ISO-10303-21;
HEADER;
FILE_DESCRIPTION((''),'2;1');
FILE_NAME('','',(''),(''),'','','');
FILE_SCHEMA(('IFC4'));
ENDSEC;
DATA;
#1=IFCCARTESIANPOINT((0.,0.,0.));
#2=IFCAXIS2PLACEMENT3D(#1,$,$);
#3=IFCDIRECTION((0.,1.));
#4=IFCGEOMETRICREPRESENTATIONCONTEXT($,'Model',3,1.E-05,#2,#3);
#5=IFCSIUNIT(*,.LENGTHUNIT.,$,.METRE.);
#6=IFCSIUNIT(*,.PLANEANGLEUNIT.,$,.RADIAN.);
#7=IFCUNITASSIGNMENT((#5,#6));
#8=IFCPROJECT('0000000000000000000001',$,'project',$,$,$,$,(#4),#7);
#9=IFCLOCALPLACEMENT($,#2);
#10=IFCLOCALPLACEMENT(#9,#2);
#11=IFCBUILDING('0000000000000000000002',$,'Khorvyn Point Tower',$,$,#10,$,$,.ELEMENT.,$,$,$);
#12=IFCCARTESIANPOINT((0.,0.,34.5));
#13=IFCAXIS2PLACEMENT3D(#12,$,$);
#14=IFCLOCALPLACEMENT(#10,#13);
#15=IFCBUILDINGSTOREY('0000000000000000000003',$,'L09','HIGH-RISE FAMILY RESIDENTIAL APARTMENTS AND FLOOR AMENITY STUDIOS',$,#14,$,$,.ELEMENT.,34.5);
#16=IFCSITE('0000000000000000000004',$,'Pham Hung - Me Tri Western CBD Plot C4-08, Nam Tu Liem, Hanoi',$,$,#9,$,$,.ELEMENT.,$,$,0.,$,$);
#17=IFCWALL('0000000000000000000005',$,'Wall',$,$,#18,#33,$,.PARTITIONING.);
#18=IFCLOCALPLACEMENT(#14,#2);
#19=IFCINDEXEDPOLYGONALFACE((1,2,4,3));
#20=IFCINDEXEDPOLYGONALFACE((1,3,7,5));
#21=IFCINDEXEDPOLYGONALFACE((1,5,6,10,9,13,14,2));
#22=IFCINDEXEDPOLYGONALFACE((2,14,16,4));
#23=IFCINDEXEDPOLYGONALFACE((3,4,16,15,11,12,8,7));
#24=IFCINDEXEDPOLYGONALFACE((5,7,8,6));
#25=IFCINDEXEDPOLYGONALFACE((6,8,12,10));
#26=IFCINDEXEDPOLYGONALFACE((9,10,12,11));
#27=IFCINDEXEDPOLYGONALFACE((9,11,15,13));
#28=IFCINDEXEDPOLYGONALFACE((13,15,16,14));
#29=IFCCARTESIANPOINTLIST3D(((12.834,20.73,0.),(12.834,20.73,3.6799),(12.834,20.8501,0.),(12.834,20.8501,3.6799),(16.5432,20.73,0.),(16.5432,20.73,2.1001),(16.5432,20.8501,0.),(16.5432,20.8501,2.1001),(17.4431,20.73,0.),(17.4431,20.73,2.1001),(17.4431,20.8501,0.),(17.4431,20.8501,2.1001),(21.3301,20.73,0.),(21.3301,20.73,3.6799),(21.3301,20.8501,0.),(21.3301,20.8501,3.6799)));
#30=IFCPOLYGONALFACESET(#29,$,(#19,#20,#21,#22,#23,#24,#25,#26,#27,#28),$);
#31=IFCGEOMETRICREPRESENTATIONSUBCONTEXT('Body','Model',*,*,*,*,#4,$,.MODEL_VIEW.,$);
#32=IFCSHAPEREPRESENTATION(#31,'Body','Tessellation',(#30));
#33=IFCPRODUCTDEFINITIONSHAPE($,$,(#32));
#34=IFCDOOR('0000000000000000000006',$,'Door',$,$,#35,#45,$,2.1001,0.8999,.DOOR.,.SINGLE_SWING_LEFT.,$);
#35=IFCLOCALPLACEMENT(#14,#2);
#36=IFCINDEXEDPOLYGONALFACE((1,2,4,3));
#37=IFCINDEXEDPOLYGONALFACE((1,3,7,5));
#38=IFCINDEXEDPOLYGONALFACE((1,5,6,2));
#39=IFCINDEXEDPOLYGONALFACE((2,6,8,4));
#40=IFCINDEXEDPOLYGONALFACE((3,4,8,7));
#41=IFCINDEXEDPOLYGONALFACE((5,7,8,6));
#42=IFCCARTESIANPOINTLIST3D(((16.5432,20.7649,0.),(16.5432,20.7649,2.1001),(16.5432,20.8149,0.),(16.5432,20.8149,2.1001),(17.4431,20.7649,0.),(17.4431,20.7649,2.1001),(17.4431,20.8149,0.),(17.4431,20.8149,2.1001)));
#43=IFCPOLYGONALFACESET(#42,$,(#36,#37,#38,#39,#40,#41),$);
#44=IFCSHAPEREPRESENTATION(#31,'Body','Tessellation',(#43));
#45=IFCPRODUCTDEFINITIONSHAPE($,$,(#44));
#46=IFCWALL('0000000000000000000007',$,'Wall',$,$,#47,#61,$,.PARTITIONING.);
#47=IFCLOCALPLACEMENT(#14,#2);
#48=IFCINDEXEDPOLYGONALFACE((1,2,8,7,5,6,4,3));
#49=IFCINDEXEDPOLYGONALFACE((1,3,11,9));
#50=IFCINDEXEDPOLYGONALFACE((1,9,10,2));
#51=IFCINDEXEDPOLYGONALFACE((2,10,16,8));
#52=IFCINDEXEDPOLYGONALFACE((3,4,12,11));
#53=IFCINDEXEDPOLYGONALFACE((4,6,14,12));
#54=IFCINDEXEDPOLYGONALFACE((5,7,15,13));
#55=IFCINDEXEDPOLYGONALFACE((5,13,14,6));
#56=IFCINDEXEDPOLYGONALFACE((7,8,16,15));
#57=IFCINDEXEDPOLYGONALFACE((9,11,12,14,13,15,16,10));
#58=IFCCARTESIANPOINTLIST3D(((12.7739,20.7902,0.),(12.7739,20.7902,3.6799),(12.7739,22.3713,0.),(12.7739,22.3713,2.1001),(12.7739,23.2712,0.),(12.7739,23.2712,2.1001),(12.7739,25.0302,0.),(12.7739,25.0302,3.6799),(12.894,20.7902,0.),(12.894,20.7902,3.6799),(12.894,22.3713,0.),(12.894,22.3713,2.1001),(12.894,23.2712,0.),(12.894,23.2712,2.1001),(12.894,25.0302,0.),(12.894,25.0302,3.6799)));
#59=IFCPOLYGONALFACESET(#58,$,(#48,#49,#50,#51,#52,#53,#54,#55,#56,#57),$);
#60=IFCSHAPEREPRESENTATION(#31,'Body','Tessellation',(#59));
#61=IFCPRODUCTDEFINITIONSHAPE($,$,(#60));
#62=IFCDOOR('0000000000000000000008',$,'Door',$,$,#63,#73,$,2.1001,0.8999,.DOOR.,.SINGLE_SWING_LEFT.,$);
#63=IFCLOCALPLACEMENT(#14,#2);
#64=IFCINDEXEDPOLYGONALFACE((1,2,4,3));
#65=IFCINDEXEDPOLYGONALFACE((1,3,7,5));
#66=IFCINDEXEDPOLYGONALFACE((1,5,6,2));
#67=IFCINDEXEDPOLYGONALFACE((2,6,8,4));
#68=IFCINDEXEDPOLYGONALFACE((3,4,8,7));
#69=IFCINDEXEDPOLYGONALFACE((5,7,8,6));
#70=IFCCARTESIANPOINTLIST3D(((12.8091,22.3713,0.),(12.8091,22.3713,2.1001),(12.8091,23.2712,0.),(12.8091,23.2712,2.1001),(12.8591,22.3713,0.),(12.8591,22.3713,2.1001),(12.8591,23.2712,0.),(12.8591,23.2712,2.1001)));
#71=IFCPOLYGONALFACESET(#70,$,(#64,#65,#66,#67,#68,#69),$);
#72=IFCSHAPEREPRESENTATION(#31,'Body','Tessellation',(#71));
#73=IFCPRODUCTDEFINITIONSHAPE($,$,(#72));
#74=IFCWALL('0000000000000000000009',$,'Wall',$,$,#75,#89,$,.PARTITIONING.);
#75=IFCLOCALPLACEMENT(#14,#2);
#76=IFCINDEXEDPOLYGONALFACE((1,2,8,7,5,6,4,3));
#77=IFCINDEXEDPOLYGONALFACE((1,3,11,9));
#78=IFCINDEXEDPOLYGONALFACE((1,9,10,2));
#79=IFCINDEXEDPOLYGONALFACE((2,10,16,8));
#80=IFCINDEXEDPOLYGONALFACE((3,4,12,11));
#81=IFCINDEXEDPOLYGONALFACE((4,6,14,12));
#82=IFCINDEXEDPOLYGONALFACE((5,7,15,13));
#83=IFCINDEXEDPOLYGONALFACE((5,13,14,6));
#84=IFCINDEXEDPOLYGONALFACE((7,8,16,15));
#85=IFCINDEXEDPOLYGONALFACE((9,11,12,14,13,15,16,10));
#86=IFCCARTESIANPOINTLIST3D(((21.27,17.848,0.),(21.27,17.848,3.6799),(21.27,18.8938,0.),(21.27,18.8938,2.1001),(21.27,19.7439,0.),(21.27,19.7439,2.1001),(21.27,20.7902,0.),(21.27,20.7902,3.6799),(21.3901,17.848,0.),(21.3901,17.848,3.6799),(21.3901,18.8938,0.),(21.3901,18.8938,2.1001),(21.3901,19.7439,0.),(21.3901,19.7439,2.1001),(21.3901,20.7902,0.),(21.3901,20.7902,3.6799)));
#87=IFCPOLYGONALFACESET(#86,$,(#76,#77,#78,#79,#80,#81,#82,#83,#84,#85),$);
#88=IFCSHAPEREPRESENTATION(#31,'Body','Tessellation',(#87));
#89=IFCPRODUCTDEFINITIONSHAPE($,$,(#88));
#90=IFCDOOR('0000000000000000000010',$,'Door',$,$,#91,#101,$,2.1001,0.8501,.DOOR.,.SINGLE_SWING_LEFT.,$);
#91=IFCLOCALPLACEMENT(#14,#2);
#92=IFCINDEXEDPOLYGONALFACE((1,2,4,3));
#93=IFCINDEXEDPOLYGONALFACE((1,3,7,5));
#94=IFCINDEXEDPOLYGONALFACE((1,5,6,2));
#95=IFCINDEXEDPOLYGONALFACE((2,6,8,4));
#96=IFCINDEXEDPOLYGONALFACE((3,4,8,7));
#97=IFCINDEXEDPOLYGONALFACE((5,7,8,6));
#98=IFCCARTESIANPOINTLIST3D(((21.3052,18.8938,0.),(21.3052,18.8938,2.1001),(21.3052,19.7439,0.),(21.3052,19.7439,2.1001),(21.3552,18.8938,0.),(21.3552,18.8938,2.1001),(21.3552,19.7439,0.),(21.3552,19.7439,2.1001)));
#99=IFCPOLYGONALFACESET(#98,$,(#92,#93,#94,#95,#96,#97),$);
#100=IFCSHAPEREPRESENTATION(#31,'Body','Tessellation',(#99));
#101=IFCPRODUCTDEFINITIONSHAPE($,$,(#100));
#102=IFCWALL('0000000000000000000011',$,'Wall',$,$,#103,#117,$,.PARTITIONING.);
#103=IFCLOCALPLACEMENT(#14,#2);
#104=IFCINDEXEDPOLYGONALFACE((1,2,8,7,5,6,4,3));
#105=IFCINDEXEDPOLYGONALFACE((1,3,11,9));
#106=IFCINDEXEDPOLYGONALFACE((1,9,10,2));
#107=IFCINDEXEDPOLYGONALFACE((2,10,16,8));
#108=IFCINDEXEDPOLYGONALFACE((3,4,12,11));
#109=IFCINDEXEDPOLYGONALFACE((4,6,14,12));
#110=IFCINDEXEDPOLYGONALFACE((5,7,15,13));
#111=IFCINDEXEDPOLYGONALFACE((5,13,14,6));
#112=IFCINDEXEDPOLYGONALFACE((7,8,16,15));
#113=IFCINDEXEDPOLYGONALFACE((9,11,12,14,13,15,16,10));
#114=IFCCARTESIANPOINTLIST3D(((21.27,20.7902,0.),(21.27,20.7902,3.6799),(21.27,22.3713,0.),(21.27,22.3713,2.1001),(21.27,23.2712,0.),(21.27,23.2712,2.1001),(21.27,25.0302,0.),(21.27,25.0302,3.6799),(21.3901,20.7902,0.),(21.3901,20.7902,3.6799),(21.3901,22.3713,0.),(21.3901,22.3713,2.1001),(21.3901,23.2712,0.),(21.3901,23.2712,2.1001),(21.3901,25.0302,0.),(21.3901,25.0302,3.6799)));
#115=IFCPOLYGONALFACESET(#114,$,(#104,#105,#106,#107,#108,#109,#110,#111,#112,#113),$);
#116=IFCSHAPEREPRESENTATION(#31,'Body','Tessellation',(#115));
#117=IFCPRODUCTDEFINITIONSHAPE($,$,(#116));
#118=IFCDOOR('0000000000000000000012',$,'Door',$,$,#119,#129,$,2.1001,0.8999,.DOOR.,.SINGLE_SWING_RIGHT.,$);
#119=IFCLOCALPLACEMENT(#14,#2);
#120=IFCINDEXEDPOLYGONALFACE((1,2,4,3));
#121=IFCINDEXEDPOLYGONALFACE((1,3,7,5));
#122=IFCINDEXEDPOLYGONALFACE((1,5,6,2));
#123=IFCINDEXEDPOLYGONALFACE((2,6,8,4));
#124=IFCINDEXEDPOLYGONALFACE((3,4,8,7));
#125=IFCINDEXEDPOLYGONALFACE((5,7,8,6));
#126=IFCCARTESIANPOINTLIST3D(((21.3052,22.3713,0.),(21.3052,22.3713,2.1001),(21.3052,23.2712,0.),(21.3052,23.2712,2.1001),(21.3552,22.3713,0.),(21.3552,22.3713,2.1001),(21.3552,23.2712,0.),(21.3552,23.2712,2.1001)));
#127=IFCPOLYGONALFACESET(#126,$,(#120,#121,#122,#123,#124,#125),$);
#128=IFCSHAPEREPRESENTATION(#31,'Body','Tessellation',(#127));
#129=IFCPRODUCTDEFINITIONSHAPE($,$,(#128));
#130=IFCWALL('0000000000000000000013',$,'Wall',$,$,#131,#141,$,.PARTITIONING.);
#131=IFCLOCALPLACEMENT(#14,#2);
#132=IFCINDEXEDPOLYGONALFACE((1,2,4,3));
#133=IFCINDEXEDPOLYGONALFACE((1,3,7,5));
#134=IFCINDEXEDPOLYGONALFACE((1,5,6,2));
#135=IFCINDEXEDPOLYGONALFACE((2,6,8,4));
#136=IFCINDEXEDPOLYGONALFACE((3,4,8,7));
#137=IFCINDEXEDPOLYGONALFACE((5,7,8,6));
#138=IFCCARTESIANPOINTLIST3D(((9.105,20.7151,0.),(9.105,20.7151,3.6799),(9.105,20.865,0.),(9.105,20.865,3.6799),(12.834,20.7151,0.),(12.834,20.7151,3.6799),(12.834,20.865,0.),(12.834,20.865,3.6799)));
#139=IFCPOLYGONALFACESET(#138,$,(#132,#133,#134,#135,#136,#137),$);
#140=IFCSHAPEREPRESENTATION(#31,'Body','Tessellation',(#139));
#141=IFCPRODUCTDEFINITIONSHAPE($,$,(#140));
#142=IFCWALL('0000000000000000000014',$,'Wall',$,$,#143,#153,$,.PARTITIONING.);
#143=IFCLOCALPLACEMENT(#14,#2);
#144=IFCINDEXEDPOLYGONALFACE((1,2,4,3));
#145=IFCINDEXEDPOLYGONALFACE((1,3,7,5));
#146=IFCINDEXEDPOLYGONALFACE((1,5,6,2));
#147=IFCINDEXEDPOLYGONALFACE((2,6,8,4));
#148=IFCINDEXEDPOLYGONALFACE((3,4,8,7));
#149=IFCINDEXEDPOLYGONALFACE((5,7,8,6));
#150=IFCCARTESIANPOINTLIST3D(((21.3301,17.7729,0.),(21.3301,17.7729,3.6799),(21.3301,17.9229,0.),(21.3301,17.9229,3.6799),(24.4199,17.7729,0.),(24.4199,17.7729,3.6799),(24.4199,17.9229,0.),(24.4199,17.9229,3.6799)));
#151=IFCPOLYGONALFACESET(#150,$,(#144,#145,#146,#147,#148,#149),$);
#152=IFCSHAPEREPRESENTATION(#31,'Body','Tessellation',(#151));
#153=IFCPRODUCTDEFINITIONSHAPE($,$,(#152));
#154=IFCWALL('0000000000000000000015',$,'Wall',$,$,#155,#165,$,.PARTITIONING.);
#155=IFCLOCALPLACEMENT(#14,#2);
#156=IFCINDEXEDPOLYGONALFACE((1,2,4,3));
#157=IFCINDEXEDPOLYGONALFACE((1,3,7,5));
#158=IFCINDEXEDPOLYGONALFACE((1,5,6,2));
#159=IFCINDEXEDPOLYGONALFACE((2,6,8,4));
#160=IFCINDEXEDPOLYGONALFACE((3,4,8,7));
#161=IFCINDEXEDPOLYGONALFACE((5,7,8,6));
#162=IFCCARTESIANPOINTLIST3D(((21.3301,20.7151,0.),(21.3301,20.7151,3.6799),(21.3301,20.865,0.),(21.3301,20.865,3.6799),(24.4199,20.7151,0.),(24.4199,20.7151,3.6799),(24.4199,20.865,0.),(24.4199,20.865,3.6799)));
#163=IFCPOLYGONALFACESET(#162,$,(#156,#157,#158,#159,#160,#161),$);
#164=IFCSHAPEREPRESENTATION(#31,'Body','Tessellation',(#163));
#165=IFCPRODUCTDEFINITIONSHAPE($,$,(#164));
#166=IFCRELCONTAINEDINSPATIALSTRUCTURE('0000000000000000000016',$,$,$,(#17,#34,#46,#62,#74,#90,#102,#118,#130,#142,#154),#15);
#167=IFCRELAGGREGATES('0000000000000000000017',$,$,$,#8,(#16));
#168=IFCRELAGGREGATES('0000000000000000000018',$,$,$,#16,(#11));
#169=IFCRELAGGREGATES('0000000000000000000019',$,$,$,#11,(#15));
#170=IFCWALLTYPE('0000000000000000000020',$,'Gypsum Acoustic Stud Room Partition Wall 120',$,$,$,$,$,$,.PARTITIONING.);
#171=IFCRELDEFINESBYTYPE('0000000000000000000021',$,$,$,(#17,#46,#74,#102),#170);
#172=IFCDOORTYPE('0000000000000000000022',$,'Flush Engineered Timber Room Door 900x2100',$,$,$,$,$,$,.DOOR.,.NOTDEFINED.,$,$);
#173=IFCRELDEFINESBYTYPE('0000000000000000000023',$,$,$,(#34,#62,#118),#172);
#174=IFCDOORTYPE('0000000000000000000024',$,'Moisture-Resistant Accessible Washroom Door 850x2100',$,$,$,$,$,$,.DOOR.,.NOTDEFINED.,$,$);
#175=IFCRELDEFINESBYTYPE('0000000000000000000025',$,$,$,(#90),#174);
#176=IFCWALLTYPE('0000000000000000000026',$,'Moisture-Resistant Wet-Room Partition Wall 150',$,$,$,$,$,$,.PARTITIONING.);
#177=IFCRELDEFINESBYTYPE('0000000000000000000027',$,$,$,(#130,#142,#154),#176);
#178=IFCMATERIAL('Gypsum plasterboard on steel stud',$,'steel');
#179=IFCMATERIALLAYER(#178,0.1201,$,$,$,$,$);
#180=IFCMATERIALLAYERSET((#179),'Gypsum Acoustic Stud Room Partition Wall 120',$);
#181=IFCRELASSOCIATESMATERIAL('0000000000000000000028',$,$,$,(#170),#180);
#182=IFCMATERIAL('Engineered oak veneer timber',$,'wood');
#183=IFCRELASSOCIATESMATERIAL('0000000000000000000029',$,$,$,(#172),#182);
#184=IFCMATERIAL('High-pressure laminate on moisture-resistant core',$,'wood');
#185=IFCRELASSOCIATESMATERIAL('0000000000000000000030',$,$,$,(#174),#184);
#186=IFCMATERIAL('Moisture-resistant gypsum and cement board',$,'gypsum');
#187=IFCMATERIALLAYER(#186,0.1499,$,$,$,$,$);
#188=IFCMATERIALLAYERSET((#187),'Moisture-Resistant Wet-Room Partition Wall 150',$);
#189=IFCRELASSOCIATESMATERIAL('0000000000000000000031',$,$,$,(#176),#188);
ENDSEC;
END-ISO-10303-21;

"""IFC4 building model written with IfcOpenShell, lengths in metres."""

from ifc_helpers import new_model, si_unit, direction, frame, frame_2d, origin, place, context, subcontext, project, spatial, rectangle, extrude, material, layer, layer_set, type_object, element, fill, save


model = new_model("IFC4")

# Units and contexts
model_context = context("Model", 3, precision=1e-05, world=origin(), true_north=direction((0.0, 1.0)))
body_context = subcontext(model_context, "Body", "Model", "MODEL_VIEW")
ifc_project = project(units=[si_unit("LENGTHUNIT", "METRE"), si_unit("PLANEANGLEUNIT", "RADIAN")], contexts=[model_context])

# Site, building, storey
site_placement = place(None, origin())
site = spatial("IfcSite", under=ifc_project, at=site_placement, Name="Pham Hung - Me Tri Western CBD Plot C4-08, Nam Tu Liem, Hanoi", CompositionType="ELEMENT", RefElevation=0.0)
building_placement = place(site_placement, origin())
building = spatial("IfcBuilding", under=site, at=building_placement, Name="Khorvyn Point Tower", CompositionType="ELEMENT")
storey_placement = place(building_placement, frame((0.0, 0.0, 34.5)))
storey = spatial("IfcBuildingStorey", under=building, at=storey_placement, Name="L09", Description="HIGH-RISE FAMILY RESIDENTIAL APARTMENTS AND FLOOR AMENITY STUDIOS", CompositionType="ELEMENT", Elevation=34.5)

# Walls, openings, doors
ifc_material_1 = material(Name="Gypsum plasterboard on steel stud", Category="steel")
ifc_layer_1 = layer(ifc_material_1, 0.1201)
ifc_layer_set_1 = layer_set([ifc_layer_1], Name="Gypsum Acoustic Stud Room Partition Wall 120")
wall_type_1 = type_object("IfcWallType", Name="Gypsum Acoustic Stud Room Partition Wall 120", PredefinedType="PARTITIONING", material=ifc_layer_set_1)
wall_1_placement = place(storey_placement, frame((12.834, 20.79, 0.0), z_axis=(0.0, 0.0, 1.0), x_axis=(1.0, 0.0, 0.0)))
wall_1 = element("IfcWall", 1, at=wall_1_placement, inside=storey, type_object=wall_type_1, Name="Wall", PredefinedType="PARTITIONING", context=body_context, shape_type="SweptSolid", body=[
    extrude(rectangle(XDim=8.4961, YDim=0.1201, at=frame_2d((4.248, 0.0))), origin(), (0.0, 0.0, 1.0), 3.6799),
])
opening_1_placement = place(wall_1_placement, frame((3.7092, 0.0, 0.0)))
opening_1 = element("IfcOpeningElement", 2, at=opening_1_placement, cuts=wall_1, PredefinedType="OPENING", context=body_context, shape_type="SweptSolid", body=[
    extrude(rectangle(XDim=0.8999, YDim=2.1001, at=frame_2d((0.45, 1.05))), frame((0.0, 0.0701, 0.0), z_axis=(0.0, -1.0, 0.0), x_axis=(1.0, 0.0, 0.0)), (0.0, 0.0, 1.0), 0.1401),
])
ifc_material_2 = material(Name="Engineered oak veneer timber", Category="wood")
door_type_1 = type_object("IfcDoorType", Name="Flush Engineered Timber Room Door 900x2100", OperationType="NOTDEFINED", PredefinedType="DOOR", material=ifc_material_2)
door_1_placement = place(opening_1_placement, origin())
door_1 = element("IfcDoor", 3, at=door_1_placement, inside=storey, type_object=door_type_1, Name="Door", OperationType="SINGLE_SWING_LEFT", OverallHeight=2.1001, OverallWidth=0.8999, PredefinedType="DOOR", context=body_context, shape_type="SweptSolid", body=[
    extrude(rectangle(XDim=0.8999, YDim=2.1001, at=frame_2d((0.45, 1.05))), frame((0.0, 0.0249, 0.0), z_axis=(0.0, -1.0, 0.0), x_axis=(1.0, 0.0, 0.0)), (0.0, 0.0, 1.0), 0.05),
])
fill(opening_1, door_1)
wall_2_placement = place(storey_placement, frame((12.834, 20.79, 0.0), z_axis=(0.0, 0.0, 1.0), x_axis=(0.0, 1.0, 0.0)))
wall_2 = element("IfcWall", 4, at=wall_2_placement, inside=storey, type_object=wall_type_1, Name="Wall", PredefinedType="PARTITIONING", context=body_context, shape_type="SweptSolid", body=[
    extrude(rectangle(XDim=4.24, YDim=0.1201, at=frame_2d((2.1201, 0.0))), origin(), (0.0, 0.0, 1.0), 3.6799),
])
opening_2_placement = place(wall_2_placement, frame((1.5813, 0.0, 0.0)))
opening_2 = element("IfcOpeningElement", 5, at=opening_2_placement, cuts=wall_2, PredefinedType="OPENING", context=body_context, shape_type="SweptSolid", body=[
    extrude(rectangle(XDim=0.8999, YDim=2.1001, at=frame_2d((0.45, 1.05))), frame((0.0, 0.0701, 0.0), z_axis=(0.0, -1.0, 0.0), x_axis=(1.0, 0.0, 0.0)), (0.0, 0.0, 1.0), 0.1401),
])
door_2_placement = place(opening_2_placement, origin())
door_2 = element("IfcDoor", 6, at=door_2_placement, inside=storey, type_object=door_type_1, Name="Door", OperationType="SINGLE_SWING_LEFT", OverallHeight=2.1001, OverallWidth=0.8999, PredefinedType="DOOR", context=body_context, shape_type="SweptSolid", body=[
    extrude(rectangle(XDim=0.8999, YDim=2.1001, at=frame_2d((0.45, 1.05))), frame((0.0, 0.0249, 0.0), z_axis=(0.0, -1.0, 0.0), x_axis=(1.0, 0.0, 0.0)), (0.0, 0.0, 1.0), 0.05),
])
fill(opening_2, door_2)
wall_3_placement = place(storey_placement, frame((21.3301, 17.8479, 0.0), z_axis=(0.0, 0.0, 1.0), x_axis=(0.0, 1.0, 0.0)))
wall_3 = element("IfcWall", 7, at=wall_3_placement, inside=storey, type_object=wall_type_1, Name="Wall", PredefinedType="PARTITIONING", context=body_context, shape_type="SweptSolid", body=[
    extrude(rectangle(XDim=2.9421, YDim=0.1201, at=frame_2d((1.4712, 0.0))), origin(), (0.0, 0.0, 1.0), 3.6799),
])
opening_3_placement = place(wall_3_placement, frame((1.0459, 0.0, 0.0)))
opening_3 = element("IfcOpeningElement", 8, at=opening_3_placement, cuts=wall_3, PredefinedType="OPENING", context=body_context, shape_type="SweptSolid", body=[
    extrude(rectangle(XDim=0.8501, YDim=2.1001, at=frame_2d((0.425, 1.05))), frame((0.0, 0.0701, 0.0), z_axis=(0.0, -1.0, 0.0), x_axis=(1.0, 0.0, 0.0)), (0.0, 0.0, 1.0), 0.1401),
])
ifc_material_3 = material(Name="High-pressure laminate on moisture-resistant core", Category="wood")
door_type_2 = type_object("IfcDoorType", Name="Moisture-Resistant Accessible Washroom Door 850x2100", OperationType="NOTDEFINED", PredefinedType="DOOR", material=ifc_material_3)
door_3_placement = place(opening_3_placement, origin())
door_3 = element("IfcDoor", 9, at=door_3_placement, inside=storey, type_object=door_type_2, Name="Door", OperationType="SINGLE_SWING_LEFT", OverallHeight=2.1001, OverallWidth=0.8501, PredefinedType="DOOR", context=body_context, shape_type="SweptSolid", body=[
    extrude(rectangle(XDim=0.8501, YDim=2.1001, at=frame_2d((0.425, 1.05))), frame((0.0, 0.0249, 0.0), z_axis=(0.0, -1.0, 0.0), x_axis=(1.0, 0.0, 0.0)), (0.0, 0.0, 1.0), 0.05),
])
fill(opening_3, door_3)
wall_4_placement = place(storey_placement, frame((21.3301, 20.79, 0.0), z_axis=(0.0, 0.0, 1.0), x_axis=(0.0, 1.0, 0.0)))
wall_4 = element("IfcWall", 10, at=wall_4_placement, inside=storey, type_object=wall_type_1, Name="Wall", PredefinedType="PARTITIONING", context=body_context, shape_type="SweptSolid", body=[
    extrude(rectangle(XDim=4.24, YDim=0.1201, at=frame_2d((2.1201, 0.0))), origin(), (0.0, 0.0, 1.0), 3.6799),
])
opening_4_placement = place(wall_4_placement, frame((1.5813, 0.0, 0.0)))
opening_4 = element("IfcOpeningElement", 11, at=opening_4_placement, cuts=wall_4, PredefinedType="OPENING", context=body_context, shape_type="SweptSolid", body=[
    extrude(rectangle(XDim=0.8999, YDim=2.1001, at=frame_2d((0.45, 1.05))), frame((0.0, 0.0701, 0.0), z_axis=(0.0, -1.0, 0.0), x_axis=(1.0, 0.0, 0.0)), (0.0, 0.0, 1.0), 0.1401),
])
door_4_placement = place(opening_4_placement, origin())
door_4 = element("IfcDoor", 12, at=door_4_placement, inside=storey, type_object=door_type_1, Name="Door", OperationType="SINGLE_SWING_RIGHT", OverallHeight=2.1001, OverallWidth=0.8999, PredefinedType="DOOR", context=body_context, shape_type="SweptSolid", body=[
    extrude(rectangle(XDim=0.8999, YDim=2.1001, at=frame_2d((0.45, 1.05))), frame((0.0, 0.0249, 0.0), z_axis=(0.0, -1.0, 0.0), x_axis=(1.0, 0.0, 0.0)), (0.0, 0.0, 1.0), 0.05),
])
fill(opening_4, door_4)

# Walls
ifc_material_4 = material(Name="Moisture-resistant gypsum and cement board", Category="gypsum")
ifc_layer_2 = layer(ifc_material_4, 0.1499)
ifc_layer_set_2 = layer_set([ifc_layer_2], Name="Moisture-Resistant Wet-Room Partition Wall 150")
wall_type_2 = type_object("IfcWallType", Name="Moisture-Resistant Wet-Room Partition Wall 150", PredefinedType="PARTITIONING", material=ifc_layer_set_2)
wall_5_placement = place(storey_placement, frame((9.105, 20.79, 0.0), z_axis=(0.0, 0.0, 1.0), x_axis=(1.0, 0.0, 0.0)))
element("IfcWall", 13, at=wall_5_placement, inside=storey, type_object=wall_type_2, Name="Wall", PredefinedType="PARTITIONING", context=body_context, shape_type="SweptSolid", body=[
    extrude(rectangle(XDim=3.729, YDim=0.1499, at=frame_2d((1.8645, 0.0))), origin(), (0.0, 0.0, 1.0), 3.6799),
])
for number, where, z_axis, x_axis, name in (
    (14, (21.3301, 17.8479, 0.0), (0.0, 0.0, 1.0), (1.0, 0.0, 0.0), "Wall"),
    (15, (21.3301, 20.79, 0.0), (0.0, 0.0, 1.0), (1.0, 0.0, 0.0), "Wall"),
):
    element("IfcWall", number, at=place(storey_placement, frame(where, z_axis=z_axis, x_axis=x_axis)), inside=storey, type_object=wall_type_2, Name=name, PredefinedType="PARTITIONING", context=body_context, shape_type="SweptSolid", body=[
        extrude(rectangle(XDim=3.0898, YDim=0.1499, at=frame_2d((1.5449, 0.0))), origin(), (0.0, 0.0, 1.0), 3.6799),
    ])

save(model, "model.ifc")
